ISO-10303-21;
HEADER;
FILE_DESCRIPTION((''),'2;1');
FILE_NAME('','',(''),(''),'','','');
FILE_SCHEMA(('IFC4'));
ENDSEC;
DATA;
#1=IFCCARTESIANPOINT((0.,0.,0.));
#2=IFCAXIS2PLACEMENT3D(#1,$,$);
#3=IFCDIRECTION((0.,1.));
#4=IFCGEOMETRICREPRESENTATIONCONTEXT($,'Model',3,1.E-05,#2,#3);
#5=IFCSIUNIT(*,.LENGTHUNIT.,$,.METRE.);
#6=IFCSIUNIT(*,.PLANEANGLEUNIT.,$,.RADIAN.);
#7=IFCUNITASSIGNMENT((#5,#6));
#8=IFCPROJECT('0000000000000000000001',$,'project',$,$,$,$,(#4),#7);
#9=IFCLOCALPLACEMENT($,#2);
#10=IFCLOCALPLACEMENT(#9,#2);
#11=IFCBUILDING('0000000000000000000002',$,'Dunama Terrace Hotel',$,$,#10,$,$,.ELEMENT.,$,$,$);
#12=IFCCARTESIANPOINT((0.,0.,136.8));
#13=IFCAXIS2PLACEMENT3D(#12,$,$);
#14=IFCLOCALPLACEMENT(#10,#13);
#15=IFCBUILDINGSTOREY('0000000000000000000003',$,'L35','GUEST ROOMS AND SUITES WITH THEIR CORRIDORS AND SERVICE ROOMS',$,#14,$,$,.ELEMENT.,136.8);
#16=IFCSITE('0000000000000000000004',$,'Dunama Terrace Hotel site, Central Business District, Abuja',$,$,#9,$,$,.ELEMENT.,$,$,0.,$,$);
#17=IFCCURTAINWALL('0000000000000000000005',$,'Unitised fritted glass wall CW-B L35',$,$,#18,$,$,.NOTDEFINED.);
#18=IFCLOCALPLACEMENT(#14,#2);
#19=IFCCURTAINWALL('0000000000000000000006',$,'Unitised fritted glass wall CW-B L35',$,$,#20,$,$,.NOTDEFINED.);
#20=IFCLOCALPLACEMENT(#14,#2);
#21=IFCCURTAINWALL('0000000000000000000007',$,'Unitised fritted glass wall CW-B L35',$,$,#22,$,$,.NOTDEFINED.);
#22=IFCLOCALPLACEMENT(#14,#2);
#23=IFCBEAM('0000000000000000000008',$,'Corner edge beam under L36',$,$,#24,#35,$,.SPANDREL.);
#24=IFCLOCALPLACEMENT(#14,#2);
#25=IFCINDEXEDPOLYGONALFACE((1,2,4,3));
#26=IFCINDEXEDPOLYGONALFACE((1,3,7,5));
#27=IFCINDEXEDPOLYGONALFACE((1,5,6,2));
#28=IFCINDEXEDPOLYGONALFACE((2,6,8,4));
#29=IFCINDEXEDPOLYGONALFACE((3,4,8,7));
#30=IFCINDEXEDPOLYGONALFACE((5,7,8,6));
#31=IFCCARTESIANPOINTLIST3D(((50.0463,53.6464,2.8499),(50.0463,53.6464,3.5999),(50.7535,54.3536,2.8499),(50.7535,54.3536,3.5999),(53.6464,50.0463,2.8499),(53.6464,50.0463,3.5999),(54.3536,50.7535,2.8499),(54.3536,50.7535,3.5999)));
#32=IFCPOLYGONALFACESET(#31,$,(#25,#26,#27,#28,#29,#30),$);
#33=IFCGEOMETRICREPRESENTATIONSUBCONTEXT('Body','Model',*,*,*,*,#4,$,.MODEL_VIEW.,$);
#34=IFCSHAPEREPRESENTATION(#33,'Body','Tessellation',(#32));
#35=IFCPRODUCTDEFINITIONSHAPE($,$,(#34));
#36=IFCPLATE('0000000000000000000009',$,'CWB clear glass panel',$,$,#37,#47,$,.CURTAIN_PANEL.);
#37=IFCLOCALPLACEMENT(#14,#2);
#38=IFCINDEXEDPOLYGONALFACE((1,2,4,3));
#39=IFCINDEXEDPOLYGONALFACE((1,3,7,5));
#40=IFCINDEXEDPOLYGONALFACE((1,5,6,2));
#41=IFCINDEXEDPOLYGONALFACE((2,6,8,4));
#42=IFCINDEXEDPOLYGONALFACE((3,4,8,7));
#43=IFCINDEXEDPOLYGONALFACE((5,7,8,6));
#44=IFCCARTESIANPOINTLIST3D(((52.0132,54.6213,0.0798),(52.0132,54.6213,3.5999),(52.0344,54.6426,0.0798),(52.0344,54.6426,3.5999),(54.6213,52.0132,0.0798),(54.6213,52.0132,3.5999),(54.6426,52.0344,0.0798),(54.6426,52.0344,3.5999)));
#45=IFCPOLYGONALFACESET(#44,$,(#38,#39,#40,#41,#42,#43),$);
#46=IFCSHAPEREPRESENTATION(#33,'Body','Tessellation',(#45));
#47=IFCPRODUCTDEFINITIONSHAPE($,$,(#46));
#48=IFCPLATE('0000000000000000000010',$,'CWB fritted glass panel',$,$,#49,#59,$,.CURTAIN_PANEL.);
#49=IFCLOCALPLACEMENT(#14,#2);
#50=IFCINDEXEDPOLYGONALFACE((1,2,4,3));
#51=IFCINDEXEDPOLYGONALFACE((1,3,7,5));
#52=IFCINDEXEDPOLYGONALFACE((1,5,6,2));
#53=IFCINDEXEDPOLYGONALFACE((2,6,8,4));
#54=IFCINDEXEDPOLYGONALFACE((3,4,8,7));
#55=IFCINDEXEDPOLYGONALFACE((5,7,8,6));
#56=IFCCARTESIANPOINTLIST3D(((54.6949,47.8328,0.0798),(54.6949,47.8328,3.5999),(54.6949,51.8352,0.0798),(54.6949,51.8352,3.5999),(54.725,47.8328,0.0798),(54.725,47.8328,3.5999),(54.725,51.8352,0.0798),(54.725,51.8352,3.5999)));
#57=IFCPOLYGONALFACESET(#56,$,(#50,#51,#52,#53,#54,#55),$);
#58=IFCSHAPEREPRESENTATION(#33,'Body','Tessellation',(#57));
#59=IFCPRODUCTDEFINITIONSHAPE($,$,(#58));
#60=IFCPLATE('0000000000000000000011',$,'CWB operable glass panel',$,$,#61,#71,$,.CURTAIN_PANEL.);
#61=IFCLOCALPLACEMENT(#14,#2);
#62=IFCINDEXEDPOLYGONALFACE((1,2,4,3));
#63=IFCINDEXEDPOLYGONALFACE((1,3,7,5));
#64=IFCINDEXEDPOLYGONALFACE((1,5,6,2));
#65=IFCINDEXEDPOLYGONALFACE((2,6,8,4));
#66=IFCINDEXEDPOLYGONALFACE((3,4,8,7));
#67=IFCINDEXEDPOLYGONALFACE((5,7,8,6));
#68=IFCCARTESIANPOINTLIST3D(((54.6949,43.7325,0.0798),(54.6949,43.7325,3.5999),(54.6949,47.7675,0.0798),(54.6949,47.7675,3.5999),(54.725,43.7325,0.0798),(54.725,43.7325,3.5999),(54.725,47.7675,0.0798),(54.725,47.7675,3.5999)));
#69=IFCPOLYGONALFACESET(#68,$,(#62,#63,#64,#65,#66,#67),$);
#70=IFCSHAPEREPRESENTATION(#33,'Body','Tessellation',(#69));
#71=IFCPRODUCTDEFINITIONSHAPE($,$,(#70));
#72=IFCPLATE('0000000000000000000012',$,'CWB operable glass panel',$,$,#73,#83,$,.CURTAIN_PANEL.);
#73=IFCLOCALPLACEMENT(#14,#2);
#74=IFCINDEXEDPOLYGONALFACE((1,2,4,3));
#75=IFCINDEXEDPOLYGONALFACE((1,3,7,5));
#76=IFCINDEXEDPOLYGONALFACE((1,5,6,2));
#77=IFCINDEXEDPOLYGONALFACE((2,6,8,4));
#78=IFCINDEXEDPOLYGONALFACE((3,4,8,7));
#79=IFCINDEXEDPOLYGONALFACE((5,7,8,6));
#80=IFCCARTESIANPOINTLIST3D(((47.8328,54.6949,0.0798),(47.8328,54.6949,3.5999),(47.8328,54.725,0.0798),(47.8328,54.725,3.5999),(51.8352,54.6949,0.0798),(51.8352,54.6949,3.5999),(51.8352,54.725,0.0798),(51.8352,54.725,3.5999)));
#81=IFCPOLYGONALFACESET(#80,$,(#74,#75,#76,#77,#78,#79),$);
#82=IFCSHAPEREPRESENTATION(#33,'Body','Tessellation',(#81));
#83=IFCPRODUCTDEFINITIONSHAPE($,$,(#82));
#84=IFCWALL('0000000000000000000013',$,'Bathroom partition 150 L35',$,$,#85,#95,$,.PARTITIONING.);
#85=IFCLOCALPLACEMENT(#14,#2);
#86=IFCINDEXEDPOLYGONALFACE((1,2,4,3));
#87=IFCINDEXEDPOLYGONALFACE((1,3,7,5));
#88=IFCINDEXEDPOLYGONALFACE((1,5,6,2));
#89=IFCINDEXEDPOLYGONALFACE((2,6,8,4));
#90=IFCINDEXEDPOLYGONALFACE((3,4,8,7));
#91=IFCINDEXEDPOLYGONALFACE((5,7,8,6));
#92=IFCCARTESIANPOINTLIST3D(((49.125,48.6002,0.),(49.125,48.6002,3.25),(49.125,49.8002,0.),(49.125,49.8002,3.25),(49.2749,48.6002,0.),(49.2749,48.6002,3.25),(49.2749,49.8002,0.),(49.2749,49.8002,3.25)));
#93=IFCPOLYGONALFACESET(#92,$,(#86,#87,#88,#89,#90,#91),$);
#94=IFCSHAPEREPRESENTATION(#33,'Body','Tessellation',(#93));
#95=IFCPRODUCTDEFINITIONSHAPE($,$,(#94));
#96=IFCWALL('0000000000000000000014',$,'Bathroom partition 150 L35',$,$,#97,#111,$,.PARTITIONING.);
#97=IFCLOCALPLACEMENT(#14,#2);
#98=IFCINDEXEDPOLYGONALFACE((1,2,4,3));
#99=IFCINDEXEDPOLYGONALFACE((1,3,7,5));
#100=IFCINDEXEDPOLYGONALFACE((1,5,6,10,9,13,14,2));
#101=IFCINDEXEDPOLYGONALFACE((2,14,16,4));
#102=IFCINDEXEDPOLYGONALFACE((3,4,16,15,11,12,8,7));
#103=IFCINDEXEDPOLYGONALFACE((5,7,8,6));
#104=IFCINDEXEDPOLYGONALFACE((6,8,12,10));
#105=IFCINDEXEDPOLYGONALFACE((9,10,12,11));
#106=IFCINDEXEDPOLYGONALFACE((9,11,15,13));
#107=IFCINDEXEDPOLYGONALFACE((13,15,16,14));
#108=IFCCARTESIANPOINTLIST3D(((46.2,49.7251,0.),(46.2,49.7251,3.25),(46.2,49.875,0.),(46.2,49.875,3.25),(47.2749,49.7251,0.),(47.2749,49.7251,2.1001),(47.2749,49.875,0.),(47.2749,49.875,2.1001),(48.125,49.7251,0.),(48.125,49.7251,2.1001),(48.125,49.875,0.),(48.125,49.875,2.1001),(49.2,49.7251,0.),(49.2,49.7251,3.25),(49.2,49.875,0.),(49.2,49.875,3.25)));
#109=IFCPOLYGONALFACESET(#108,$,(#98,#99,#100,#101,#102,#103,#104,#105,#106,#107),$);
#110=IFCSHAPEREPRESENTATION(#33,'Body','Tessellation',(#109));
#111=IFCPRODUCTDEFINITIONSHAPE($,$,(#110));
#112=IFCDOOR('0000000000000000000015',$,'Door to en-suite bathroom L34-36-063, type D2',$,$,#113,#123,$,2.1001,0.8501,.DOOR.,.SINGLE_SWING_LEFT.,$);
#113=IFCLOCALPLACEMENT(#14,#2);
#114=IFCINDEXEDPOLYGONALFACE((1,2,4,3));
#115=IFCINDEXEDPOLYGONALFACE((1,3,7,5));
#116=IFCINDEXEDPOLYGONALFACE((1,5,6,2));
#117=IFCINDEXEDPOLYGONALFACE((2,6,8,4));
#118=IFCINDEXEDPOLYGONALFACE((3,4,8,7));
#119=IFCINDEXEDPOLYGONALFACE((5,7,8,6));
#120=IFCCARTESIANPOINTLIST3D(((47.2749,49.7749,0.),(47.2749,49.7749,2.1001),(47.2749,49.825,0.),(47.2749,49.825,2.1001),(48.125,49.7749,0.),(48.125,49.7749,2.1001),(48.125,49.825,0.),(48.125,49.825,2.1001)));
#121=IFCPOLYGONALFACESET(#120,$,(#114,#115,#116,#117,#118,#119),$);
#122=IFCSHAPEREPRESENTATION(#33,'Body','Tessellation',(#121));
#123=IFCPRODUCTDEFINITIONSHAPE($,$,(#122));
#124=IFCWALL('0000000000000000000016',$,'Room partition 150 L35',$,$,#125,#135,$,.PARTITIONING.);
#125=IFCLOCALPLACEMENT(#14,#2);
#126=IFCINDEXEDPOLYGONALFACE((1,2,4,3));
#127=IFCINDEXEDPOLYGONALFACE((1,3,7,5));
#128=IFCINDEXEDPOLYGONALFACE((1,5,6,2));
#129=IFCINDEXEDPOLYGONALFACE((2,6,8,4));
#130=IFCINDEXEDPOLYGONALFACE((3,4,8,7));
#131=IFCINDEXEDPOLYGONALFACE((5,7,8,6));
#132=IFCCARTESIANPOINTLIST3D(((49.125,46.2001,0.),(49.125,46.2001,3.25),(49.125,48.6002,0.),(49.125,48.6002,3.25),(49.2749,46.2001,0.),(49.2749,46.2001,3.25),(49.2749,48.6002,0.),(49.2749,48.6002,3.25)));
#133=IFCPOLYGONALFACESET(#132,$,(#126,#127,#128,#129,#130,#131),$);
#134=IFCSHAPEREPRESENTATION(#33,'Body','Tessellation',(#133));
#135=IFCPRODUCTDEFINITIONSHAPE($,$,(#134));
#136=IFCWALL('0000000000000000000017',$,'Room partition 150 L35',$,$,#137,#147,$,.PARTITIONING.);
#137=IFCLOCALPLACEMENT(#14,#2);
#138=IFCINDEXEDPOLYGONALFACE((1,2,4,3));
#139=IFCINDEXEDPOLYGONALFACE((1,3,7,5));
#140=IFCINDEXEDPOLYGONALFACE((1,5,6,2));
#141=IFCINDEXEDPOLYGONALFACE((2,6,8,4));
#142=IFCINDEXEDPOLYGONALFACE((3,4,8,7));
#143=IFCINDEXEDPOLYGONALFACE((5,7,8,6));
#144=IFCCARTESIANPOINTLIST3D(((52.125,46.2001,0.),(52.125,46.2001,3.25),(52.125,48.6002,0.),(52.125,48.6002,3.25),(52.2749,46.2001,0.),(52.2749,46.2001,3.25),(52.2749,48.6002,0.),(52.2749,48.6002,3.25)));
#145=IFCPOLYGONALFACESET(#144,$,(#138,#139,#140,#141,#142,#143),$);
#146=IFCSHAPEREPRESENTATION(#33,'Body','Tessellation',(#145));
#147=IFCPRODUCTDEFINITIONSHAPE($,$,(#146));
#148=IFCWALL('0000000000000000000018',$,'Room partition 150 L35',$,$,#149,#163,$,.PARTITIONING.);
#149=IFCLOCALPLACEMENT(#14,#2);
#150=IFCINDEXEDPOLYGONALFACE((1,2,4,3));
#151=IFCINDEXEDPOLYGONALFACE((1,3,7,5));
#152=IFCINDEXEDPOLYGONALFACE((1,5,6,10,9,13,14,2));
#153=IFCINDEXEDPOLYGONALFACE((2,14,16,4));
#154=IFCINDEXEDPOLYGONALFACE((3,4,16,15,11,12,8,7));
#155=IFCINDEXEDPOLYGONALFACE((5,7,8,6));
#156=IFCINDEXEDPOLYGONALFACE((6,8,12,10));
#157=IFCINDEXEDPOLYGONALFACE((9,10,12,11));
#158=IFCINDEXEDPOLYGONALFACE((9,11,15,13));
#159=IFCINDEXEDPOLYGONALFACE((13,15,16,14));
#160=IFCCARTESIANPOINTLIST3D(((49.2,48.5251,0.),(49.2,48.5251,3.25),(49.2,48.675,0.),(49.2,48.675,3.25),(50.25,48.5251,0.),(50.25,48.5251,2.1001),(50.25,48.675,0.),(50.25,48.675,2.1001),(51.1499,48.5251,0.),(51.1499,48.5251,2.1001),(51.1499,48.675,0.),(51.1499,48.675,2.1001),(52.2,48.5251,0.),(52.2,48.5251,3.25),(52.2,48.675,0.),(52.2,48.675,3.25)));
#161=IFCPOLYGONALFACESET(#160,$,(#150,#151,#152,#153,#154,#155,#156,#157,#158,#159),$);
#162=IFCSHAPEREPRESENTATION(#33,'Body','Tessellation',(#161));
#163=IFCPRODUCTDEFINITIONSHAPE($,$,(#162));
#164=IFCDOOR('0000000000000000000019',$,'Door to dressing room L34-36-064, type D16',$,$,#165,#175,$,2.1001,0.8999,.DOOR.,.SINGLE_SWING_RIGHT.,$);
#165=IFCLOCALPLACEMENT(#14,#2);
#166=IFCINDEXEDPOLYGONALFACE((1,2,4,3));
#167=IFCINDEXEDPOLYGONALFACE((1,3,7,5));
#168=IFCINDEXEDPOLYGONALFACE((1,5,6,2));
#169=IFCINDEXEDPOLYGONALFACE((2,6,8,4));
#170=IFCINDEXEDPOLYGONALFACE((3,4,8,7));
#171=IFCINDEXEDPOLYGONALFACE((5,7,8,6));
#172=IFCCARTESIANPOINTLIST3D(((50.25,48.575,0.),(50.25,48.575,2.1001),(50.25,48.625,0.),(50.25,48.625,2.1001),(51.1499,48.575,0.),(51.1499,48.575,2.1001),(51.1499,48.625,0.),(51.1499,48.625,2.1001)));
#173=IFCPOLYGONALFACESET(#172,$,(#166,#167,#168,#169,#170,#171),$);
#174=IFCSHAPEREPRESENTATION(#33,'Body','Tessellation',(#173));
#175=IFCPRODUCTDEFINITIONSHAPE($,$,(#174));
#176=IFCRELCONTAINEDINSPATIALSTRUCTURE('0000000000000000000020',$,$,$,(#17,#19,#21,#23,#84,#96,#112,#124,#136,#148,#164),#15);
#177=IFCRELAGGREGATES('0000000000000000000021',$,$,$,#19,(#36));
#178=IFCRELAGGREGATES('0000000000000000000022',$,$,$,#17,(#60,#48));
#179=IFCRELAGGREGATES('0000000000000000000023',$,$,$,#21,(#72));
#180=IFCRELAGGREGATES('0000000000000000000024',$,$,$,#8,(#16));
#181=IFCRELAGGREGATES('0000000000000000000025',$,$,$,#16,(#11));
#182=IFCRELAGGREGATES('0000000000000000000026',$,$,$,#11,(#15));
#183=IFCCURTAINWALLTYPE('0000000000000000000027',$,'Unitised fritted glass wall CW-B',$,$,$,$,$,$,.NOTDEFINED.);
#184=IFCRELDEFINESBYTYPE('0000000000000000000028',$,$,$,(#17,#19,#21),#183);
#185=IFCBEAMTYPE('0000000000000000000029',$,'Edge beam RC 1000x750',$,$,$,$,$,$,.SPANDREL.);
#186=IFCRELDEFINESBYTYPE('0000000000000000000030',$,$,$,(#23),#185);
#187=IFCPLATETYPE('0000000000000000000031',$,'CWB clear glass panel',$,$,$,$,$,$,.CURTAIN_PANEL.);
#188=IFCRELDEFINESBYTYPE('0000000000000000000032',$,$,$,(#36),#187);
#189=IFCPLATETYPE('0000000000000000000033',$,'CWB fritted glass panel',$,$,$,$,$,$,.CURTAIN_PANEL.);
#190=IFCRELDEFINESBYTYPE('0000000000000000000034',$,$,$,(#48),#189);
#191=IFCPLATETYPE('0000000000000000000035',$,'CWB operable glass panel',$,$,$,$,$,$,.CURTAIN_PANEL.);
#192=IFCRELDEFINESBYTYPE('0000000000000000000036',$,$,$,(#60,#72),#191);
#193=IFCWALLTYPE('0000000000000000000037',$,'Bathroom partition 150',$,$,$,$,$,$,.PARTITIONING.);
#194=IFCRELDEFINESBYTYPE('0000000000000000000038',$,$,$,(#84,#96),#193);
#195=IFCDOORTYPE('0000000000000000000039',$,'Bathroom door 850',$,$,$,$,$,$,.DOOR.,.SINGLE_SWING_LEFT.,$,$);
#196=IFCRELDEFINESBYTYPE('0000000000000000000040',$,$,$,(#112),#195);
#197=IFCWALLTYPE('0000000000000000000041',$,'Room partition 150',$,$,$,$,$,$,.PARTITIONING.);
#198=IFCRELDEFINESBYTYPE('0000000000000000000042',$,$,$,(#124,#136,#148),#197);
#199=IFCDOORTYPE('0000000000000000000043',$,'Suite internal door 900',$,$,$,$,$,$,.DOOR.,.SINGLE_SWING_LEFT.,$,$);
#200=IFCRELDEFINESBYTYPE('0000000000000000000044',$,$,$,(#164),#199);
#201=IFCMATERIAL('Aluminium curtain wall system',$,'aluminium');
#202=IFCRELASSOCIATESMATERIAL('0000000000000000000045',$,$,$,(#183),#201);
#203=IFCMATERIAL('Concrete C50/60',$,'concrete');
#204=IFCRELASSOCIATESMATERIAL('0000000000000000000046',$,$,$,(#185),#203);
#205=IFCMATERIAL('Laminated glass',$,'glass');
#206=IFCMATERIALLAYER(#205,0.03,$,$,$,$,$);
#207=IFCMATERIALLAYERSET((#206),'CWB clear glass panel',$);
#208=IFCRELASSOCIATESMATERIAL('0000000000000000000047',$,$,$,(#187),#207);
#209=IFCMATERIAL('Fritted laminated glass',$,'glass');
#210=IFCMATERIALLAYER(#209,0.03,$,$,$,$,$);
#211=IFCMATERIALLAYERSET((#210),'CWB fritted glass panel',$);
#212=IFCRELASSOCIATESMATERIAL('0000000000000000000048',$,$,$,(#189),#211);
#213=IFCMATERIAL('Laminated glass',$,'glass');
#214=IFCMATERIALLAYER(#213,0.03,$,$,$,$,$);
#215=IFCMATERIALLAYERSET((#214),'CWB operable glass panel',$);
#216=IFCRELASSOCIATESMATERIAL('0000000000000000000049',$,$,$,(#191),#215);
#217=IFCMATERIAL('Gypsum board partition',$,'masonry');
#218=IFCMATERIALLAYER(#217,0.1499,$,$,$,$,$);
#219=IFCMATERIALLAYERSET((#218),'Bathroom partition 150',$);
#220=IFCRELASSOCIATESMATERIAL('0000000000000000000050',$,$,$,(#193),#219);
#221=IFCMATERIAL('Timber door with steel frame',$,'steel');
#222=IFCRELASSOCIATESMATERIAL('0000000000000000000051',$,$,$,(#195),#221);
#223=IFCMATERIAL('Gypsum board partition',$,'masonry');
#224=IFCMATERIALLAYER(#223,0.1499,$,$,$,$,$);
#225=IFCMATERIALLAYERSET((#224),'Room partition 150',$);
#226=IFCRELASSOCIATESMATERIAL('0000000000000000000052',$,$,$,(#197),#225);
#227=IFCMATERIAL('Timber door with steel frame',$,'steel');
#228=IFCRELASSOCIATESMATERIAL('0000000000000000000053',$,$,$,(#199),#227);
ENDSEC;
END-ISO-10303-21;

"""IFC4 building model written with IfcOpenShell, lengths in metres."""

from ifc_helpers import new_model, si_unit, direction, frame, frame_2d, origin, origin_2d, place, context, subcontext, project, spatial, rectangle, extrude, material, layer, layer_set, material_profile, profile_set, type_object, element, fill, aggregate, save


model = new_model("IFC4")

# Units and contexts
model_context = context("Model", 3, precision=1e-05, world=origin(), true_north=direction((0.0, 1.0)))
body_context = subcontext(model_context, "Body", "Model", "MODEL_VIEW")
ifc_project = project(units=[si_unit("LENGTHUNIT", "METRE"), si_unit("PLANEANGLEUNIT", "RADIAN")], contexts=[model_context])

# Site, building, storey
site_placement = place(None, origin())
site = spatial("IfcSite", under=ifc_project, at=site_placement, Name="Dunama Terrace Hotel site, Central Business District, Abuja", CompositionType="ELEMENT", RefElevation=0.0)
building_placement = place(site_placement, origin())
building = spatial("IfcBuilding", under=site, at=building_placement, Name="Dunama Terrace Hotel", CompositionType="ELEMENT")
storey_placement = place(building_placement, frame((0.0, 0.0, 136.8)))
storey = spatial("IfcBuildingStorey", under=building, at=storey_placement, Name="L35", Description="GUEST ROOMS AND SUITES WITH THEIR CORRIDORS AND SERVICE ROOMS", CompositionType="ELEMENT", Elevation=136.8)

# Curtain walls
ifc_material_1 = material(Name="Aluminium curtain wall system", Category="aluminium")
curtain_wall_type = type_object("IfcCurtainWallType", Name="Unitised fritted glass wall CW-B", PredefinedType="NOTDEFINED", material=ifc_material_1)
curtain_wall_1_placement = place(storey_placement, origin())
curtain_wall_1 = element("IfcCurtainWall", 1, at=curtain_wall_1_placement, inside=storey, type_object=curtain_wall_type, Name="Unitised fritted glass wall CW-B L35", PredefinedType="NOTDEFINED")
curtain_wall_2_placement = place(storey_placement, origin())
curtain_wall_2 = element("IfcCurtainWall", 2, at=curtain_wall_2_placement, inside=storey, type_object=curtain_wall_type, Name="Unitised fritted glass wall CW-B L35", PredefinedType="NOTDEFINED")
curtain_wall_3_placement = place(storey_placement, origin())
curtain_wall_3 = element("IfcCurtainWall", 3, at=curtain_wall_3_placement, inside=storey, type_object=curtain_wall_type, Name="Unitised fritted glass wall CW-B L35", PredefinedType="NOTDEFINED")

# Beam
ifc_material_2 = material(Name="Concrete C50/60", Category="concrete")
ifc_material_profile_1 = material_profile(ifc_material_2, rectangle(XDim=1.0, YDim=0.75, at=origin_2d()), Name="RC 1000x750")
ifc_profile_set_1 = profile_set([ifc_material_profile_1], Name="Concrete C50/60")
beam_type = type_object("IfcBeamType", Name="Edge beam RC 1000x750", PredefinedType="SPANDREL", material=ifc_profile_set_1)
beam_placement = place(storey_placement, frame((50.3999, 54.0, 3.2249), z_axis=(0.707107, -0.707107, 0.0), x_axis=(0.707107, 0.707107, 0.0)))
element("IfcBeam", 4, at=beam_placement, inside=storey, type_object=beam_type, Name="Corner edge beam under L36", PredefinedType="SPANDREL", context=body_context, shape_type="SweptSolid", body=[
    extrude(rectangle(XDim=1.0, YDim=0.75, at=origin_2d()), origin(), (0.0, 0.0, 1.0), 5.0913),
])

# Plates
ifc_material_3 = material(Name="Laminated glass", Category="glass")
ifc_layer_1 = layer(ifc_material_3, 0.03)
ifc_layer_set_1 = layer_set([ifc_layer_1], Name="CWB clear glass panel")
plate_type_1 = type_object("IfcPlateType", Name="CWB clear glass panel", PredefinedType="CURTAIN_PANEL", material=ifc_layer_set_1)
plate_1_placement = place(storey_placement, frame((53.3279, 53.3279, 0.0798), z_axis=(0.0, 0.0, 1.0), x_axis=(-0.707107, 0.707107, 0.0)))
plate_1 = element("IfcPlate", 5, at=plate_1_placement, type_object=plate_type_1, Name="CWB clear glass panel", PredefinedType="CURTAIN_PANEL", context=body_context, shape_type="SweptSolid", body=[
    extrude(rectangle(XDim=3.6885, YDim=0.03, at=origin_2d()), origin(), (0.0, 0.0, 1.0), 3.52),
])
aggregate(curtain_wall_2, [plate_1])
ifc_material_4 = material(Name="Fritted laminated glass", Category="glass")
ifc_layer_2 = layer(ifc_material_4, 0.03)
ifc_layer_set_2 = layer_set([ifc_layer_2], Name="CWB fritted glass panel")
plate_type_2 = type_object("IfcPlateType", Name="CWB fritted glass panel", PredefinedType="CURTAIN_PANEL", material=ifc_layer_set_2)
plate_2_placement = place(storey_placement, frame((54.71, 49.834, 0.0798), z_axis=(0.0, 0.0, 1.0), x_axis=(0.0, 1.0, 0.0)))
plate_2 = element("IfcPlate", 6, at=plate_2_placement, type_object=plate_type_2, Name="CWB fritted glass panel", PredefinedType="CURTAIN_PANEL", context=body_context, shape_type="SweptSolid", body=[
    extrude(rectangle(XDim=4.0024, YDim=0.03, at=origin_2d()), origin(), (0.0, 0.0, 1.0), 3.52),
])
ifc_material_5 = material(Name="Laminated glass", Category="glass")
ifc_layer_3 = layer(ifc_material_5, 0.03)
ifc_layer_set_3 = layer_set([ifc_layer_3], Name="CWB operable glass panel")
plate_type_3 = type_object("IfcPlateType", Name="CWB operable glass panel", PredefinedType="CURTAIN_PANEL", material=ifc_layer_set_3)
plate_3_placement = place(storey_placement, frame((54.71, 45.75, 0.0798), z_axis=(0.0, 0.0, 1.0), x_axis=(0.0, 1.0, 0.0)))
plate_3 = element("IfcPlate", 7, at=plate_3_placement, type_object=plate_type_3, Name="CWB operable glass panel", PredefinedType="CURTAIN_PANEL", context=body_context, shape_type="SweptSolid", body=[
    extrude(rectangle(XDim=4.0349, YDim=0.03, at=origin_2d()), origin(), (0.0, 0.0, 1.0), 3.52),
])
aggregate(curtain_wall_1, [plate_3, plate_2])
plate_4_placement = place(storey_placement, frame((49.834, 54.71, 0.0798), z_axis=(0.0, 0.0, 1.0), x_axis=(-1.0, 0.0, 0.0)))
plate_4 = element("IfcPlate", 8, at=plate_4_placement, type_object=plate_type_3, Name="CWB operable glass panel", PredefinedType="CURTAIN_PANEL", context=body_context, shape_type="SweptSolid", body=[
    extrude(rectangle(XDim=4.0024, YDim=0.03, at=origin_2d()), origin(), (0.0, 0.0, 1.0), 3.52),
])
aggregate(curtain_wall_3, [plate_4])

# Wall
ifc_material_6 = material(Name="Gypsum board partition", Category="masonry")
ifc_layer_4 = layer(ifc_material_6, 0.1499)
ifc_layer_set_4 = layer_set([ifc_layer_4], Name="Bathroom partition 150")
wall_type_1 = type_object("IfcWallType", Name="Bathroom partition 150", PredefinedType="PARTITIONING", material=ifc_layer_set_4)
wall_1_placement = place(storey_placement, frame((49.2, 48.6001, 0.0), z_axis=(0.0, 0.0, 1.0), x_axis=(0.0, 1.0, 0.0)))
element("IfcWall", 9, at=wall_1_placement, inside=storey, type_object=wall_type_1, Name="Bathroom partition 150 L35", PredefinedType="PARTITIONING", context=body_context, shape_type="SweptSolid", body=[
    extrude(rectangle(XDim=1.2, YDim=0.1499, at=frame_2d((0.6001, 0.0))), origin(), (0.0, 0.0, 1.0), 3.25),
])

# Wall, opening, door
wall_2_placement = place(storey_placement, frame((46.2, 49.8, 0.0), z_axis=(0.0, 0.0, 1.0), x_axis=(1.0, 0.0, 0.0)))
wall_2 = element("IfcWall", 10, at=wall_2_placement, inside=storey, type_object=wall_type_1, Name="Bathroom partition 150 L35", PredefinedType="PARTITIONING", context=body_context, shape_type="SweptSolid", body=[
    extrude(rectangle(XDim=3.0, YDim=0.1499, at=frame_2d((1.5, 0.0))), origin(), (0.0, 0.0, 1.0), 3.25),
])
opening_1_placement = place(wall_2_placement, frame((1.075, 0.0, 0.0)))
opening_1 = element("IfcOpeningElement", 11, at=opening_1_placement, cuts=wall_2, PredefinedType="OPENING", context=body_context, shape_type="SweptSolid", body=[
    extrude(rectangle(XDim=0.8501, YDim=2.1001, at=frame_2d((0.425, 1.05))), frame((0.0, 0.085, 0.0), z_axis=(0.0, -1.0, 0.0), x_axis=(1.0, 0.0, 0.0)), (0.0, 0.0, 1.0), 0.1699),
])
ifc_material_7 = material(Name="Timber door with steel frame", Category="steel")
door_type_1 = type_object("IfcDoorType", Name="Bathroom door 850", OperationType="SINGLE_SWING_LEFT", PredefinedType="DOOR", material=ifc_material_7)
door_1_placement = place(opening_1_placement, frame((0.8501, 0.0, 0.0), z_axis=(0.0, 0.0, 1.0), x_axis=(-1.0, 0.0, 0.0)))
door_1 = element("IfcDoor", 12, at=door_1_placement, inside=storey, type_object=door_type_1, Name="Door to en-suite bathroom L34-36-063, type D2", OperationType="SINGLE_SWING_LEFT", OverallHeight=2.1001, OverallWidth=0.8501, PredefinedType="DOOR", context=body_context, shape_type="SweptSolid", body=[
    extrude(rectangle(XDim=0.8501, YDim=2.1001, at=frame_2d((0.425, 1.05))), frame((0.0, 0.0251, 0.0), z_axis=(0.0, -1.0, 0.0), x_axis=(1.0, 0.0, 0.0)), (0.0, 0.0, 1.0), 0.05),
])
fill(opening_1, door_1)

# Walls
ifc_material_8 = material(Name="Gypsum board partition", Category="masonry")
ifc_layer_5 = layer(ifc_material_8, 0.1499)
ifc_layer_set_5 = layer_set([ifc_layer_5], Name="Room partition 150")
wall_type_2 = type_object("IfcWallType", Name="Room partition 150", PredefinedType="PARTITIONING", material=ifc_layer_set_5)
for number, where, z_axis, x_axis, name in (
    (13, (49.2, 46.2, 0.0), (0.0, 0.0, 1.0), (0.0, 1.0, 0.0), "Room partition 150 L35"),
    (14, (52.2, 46.2, 0.0), (0.0, 0.0, 1.0), (0.0, 1.0, 0.0), "Room partition 150 L35"),
):
    element("IfcWall", number, at=place(storey_placement, frame(where, z_axis=z_axis, x_axis=x_axis)), inside=storey, type_object=wall_type_2, Name=name, PredefinedType="PARTITIONING", context=body_context, shape_type="SweptSolid", body=[
        extrude(rectangle(XDim=2.4001, YDim=0.1499, at=frame_2d((1.2002, 0.0))), origin(), (0.0, 0.0, 1.0), 3.25),
    ])

# Wall, opening, door
wall_3_placement = place(storey_placement, frame((49.2, 48.6001, 0.0), z_axis=(0.0, 0.0, 1.0), x_axis=(1.0, 0.0, 0.0)))
wall_3 = element("IfcWall", 15, at=wall_3_placement, inside=storey, type_object=wall_type_2, Name="Room partition 150 L35", PredefinedType="PARTITIONING", context=body_context, shape_type="SweptSolid", body=[
    extrude(rectangle(XDim=3.0, YDim=0.1499, at=frame_2d((1.5, 0.0))), origin(), (0.0, 0.0, 1.0), 3.25),
])
opening_2_placement = place(wall_3_placement, frame((1.05, 0.0, 0.0)))
opening_2 = element("IfcOpeningElement", 16, at=opening_2_placement, cuts=wall_3, PredefinedType="OPENING", context=body_context, shape_type="SweptSolid", body=[
    extrude(rectangle(XDim=0.8999, YDim=2.1001, at=frame_2d((0.45, 1.05))), frame((0.0, 0.085, 0.0), z_axis=(0.0, -1.0, 0.0), x_axis=(1.0, 0.0, 0.0)), (0.0, 0.0, 1.0), 0.1699),
])
ifc_material_9 = material(Name="Timber door with steel frame", Category="steel")
door_type_2 = type_object("IfcDoorType", Name="Suite internal door 900", OperationType="SINGLE_SWING_LEFT", PredefinedType="DOOR", material=ifc_material_9)
door_2_placement = place(opening_2_placement, frame((0.8999, 0.0, 0.0), z_axis=(0.0, 0.0, 1.0), x_axis=(-1.0, 0.0, 0.0)))
door_2 = element("IfcDoor", 17, at=door_2_placement, inside=storey, type_object=door_type_2, Name="Door to dressing room L34-36-064, type D16", OperationType="SINGLE_SWING_RIGHT", OverallHeight=2.1001, OverallWidth=0.8999, PredefinedType="DOOR", context=body_context, shape_type="SweptSolid", body=[
    extrude(rectangle(XDim=0.8999, YDim=2.1001, at=frame_2d((0.45, 1.05))), frame((0.0, 0.0251, 0.0), z_axis=(0.0, -1.0, 0.0), x_axis=(1.0, 0.0, 0.0)), (0.0, 0.0, 1.0), 0.05),
])
fill(opening_2, door_2)

save(model, "model.ifc")
